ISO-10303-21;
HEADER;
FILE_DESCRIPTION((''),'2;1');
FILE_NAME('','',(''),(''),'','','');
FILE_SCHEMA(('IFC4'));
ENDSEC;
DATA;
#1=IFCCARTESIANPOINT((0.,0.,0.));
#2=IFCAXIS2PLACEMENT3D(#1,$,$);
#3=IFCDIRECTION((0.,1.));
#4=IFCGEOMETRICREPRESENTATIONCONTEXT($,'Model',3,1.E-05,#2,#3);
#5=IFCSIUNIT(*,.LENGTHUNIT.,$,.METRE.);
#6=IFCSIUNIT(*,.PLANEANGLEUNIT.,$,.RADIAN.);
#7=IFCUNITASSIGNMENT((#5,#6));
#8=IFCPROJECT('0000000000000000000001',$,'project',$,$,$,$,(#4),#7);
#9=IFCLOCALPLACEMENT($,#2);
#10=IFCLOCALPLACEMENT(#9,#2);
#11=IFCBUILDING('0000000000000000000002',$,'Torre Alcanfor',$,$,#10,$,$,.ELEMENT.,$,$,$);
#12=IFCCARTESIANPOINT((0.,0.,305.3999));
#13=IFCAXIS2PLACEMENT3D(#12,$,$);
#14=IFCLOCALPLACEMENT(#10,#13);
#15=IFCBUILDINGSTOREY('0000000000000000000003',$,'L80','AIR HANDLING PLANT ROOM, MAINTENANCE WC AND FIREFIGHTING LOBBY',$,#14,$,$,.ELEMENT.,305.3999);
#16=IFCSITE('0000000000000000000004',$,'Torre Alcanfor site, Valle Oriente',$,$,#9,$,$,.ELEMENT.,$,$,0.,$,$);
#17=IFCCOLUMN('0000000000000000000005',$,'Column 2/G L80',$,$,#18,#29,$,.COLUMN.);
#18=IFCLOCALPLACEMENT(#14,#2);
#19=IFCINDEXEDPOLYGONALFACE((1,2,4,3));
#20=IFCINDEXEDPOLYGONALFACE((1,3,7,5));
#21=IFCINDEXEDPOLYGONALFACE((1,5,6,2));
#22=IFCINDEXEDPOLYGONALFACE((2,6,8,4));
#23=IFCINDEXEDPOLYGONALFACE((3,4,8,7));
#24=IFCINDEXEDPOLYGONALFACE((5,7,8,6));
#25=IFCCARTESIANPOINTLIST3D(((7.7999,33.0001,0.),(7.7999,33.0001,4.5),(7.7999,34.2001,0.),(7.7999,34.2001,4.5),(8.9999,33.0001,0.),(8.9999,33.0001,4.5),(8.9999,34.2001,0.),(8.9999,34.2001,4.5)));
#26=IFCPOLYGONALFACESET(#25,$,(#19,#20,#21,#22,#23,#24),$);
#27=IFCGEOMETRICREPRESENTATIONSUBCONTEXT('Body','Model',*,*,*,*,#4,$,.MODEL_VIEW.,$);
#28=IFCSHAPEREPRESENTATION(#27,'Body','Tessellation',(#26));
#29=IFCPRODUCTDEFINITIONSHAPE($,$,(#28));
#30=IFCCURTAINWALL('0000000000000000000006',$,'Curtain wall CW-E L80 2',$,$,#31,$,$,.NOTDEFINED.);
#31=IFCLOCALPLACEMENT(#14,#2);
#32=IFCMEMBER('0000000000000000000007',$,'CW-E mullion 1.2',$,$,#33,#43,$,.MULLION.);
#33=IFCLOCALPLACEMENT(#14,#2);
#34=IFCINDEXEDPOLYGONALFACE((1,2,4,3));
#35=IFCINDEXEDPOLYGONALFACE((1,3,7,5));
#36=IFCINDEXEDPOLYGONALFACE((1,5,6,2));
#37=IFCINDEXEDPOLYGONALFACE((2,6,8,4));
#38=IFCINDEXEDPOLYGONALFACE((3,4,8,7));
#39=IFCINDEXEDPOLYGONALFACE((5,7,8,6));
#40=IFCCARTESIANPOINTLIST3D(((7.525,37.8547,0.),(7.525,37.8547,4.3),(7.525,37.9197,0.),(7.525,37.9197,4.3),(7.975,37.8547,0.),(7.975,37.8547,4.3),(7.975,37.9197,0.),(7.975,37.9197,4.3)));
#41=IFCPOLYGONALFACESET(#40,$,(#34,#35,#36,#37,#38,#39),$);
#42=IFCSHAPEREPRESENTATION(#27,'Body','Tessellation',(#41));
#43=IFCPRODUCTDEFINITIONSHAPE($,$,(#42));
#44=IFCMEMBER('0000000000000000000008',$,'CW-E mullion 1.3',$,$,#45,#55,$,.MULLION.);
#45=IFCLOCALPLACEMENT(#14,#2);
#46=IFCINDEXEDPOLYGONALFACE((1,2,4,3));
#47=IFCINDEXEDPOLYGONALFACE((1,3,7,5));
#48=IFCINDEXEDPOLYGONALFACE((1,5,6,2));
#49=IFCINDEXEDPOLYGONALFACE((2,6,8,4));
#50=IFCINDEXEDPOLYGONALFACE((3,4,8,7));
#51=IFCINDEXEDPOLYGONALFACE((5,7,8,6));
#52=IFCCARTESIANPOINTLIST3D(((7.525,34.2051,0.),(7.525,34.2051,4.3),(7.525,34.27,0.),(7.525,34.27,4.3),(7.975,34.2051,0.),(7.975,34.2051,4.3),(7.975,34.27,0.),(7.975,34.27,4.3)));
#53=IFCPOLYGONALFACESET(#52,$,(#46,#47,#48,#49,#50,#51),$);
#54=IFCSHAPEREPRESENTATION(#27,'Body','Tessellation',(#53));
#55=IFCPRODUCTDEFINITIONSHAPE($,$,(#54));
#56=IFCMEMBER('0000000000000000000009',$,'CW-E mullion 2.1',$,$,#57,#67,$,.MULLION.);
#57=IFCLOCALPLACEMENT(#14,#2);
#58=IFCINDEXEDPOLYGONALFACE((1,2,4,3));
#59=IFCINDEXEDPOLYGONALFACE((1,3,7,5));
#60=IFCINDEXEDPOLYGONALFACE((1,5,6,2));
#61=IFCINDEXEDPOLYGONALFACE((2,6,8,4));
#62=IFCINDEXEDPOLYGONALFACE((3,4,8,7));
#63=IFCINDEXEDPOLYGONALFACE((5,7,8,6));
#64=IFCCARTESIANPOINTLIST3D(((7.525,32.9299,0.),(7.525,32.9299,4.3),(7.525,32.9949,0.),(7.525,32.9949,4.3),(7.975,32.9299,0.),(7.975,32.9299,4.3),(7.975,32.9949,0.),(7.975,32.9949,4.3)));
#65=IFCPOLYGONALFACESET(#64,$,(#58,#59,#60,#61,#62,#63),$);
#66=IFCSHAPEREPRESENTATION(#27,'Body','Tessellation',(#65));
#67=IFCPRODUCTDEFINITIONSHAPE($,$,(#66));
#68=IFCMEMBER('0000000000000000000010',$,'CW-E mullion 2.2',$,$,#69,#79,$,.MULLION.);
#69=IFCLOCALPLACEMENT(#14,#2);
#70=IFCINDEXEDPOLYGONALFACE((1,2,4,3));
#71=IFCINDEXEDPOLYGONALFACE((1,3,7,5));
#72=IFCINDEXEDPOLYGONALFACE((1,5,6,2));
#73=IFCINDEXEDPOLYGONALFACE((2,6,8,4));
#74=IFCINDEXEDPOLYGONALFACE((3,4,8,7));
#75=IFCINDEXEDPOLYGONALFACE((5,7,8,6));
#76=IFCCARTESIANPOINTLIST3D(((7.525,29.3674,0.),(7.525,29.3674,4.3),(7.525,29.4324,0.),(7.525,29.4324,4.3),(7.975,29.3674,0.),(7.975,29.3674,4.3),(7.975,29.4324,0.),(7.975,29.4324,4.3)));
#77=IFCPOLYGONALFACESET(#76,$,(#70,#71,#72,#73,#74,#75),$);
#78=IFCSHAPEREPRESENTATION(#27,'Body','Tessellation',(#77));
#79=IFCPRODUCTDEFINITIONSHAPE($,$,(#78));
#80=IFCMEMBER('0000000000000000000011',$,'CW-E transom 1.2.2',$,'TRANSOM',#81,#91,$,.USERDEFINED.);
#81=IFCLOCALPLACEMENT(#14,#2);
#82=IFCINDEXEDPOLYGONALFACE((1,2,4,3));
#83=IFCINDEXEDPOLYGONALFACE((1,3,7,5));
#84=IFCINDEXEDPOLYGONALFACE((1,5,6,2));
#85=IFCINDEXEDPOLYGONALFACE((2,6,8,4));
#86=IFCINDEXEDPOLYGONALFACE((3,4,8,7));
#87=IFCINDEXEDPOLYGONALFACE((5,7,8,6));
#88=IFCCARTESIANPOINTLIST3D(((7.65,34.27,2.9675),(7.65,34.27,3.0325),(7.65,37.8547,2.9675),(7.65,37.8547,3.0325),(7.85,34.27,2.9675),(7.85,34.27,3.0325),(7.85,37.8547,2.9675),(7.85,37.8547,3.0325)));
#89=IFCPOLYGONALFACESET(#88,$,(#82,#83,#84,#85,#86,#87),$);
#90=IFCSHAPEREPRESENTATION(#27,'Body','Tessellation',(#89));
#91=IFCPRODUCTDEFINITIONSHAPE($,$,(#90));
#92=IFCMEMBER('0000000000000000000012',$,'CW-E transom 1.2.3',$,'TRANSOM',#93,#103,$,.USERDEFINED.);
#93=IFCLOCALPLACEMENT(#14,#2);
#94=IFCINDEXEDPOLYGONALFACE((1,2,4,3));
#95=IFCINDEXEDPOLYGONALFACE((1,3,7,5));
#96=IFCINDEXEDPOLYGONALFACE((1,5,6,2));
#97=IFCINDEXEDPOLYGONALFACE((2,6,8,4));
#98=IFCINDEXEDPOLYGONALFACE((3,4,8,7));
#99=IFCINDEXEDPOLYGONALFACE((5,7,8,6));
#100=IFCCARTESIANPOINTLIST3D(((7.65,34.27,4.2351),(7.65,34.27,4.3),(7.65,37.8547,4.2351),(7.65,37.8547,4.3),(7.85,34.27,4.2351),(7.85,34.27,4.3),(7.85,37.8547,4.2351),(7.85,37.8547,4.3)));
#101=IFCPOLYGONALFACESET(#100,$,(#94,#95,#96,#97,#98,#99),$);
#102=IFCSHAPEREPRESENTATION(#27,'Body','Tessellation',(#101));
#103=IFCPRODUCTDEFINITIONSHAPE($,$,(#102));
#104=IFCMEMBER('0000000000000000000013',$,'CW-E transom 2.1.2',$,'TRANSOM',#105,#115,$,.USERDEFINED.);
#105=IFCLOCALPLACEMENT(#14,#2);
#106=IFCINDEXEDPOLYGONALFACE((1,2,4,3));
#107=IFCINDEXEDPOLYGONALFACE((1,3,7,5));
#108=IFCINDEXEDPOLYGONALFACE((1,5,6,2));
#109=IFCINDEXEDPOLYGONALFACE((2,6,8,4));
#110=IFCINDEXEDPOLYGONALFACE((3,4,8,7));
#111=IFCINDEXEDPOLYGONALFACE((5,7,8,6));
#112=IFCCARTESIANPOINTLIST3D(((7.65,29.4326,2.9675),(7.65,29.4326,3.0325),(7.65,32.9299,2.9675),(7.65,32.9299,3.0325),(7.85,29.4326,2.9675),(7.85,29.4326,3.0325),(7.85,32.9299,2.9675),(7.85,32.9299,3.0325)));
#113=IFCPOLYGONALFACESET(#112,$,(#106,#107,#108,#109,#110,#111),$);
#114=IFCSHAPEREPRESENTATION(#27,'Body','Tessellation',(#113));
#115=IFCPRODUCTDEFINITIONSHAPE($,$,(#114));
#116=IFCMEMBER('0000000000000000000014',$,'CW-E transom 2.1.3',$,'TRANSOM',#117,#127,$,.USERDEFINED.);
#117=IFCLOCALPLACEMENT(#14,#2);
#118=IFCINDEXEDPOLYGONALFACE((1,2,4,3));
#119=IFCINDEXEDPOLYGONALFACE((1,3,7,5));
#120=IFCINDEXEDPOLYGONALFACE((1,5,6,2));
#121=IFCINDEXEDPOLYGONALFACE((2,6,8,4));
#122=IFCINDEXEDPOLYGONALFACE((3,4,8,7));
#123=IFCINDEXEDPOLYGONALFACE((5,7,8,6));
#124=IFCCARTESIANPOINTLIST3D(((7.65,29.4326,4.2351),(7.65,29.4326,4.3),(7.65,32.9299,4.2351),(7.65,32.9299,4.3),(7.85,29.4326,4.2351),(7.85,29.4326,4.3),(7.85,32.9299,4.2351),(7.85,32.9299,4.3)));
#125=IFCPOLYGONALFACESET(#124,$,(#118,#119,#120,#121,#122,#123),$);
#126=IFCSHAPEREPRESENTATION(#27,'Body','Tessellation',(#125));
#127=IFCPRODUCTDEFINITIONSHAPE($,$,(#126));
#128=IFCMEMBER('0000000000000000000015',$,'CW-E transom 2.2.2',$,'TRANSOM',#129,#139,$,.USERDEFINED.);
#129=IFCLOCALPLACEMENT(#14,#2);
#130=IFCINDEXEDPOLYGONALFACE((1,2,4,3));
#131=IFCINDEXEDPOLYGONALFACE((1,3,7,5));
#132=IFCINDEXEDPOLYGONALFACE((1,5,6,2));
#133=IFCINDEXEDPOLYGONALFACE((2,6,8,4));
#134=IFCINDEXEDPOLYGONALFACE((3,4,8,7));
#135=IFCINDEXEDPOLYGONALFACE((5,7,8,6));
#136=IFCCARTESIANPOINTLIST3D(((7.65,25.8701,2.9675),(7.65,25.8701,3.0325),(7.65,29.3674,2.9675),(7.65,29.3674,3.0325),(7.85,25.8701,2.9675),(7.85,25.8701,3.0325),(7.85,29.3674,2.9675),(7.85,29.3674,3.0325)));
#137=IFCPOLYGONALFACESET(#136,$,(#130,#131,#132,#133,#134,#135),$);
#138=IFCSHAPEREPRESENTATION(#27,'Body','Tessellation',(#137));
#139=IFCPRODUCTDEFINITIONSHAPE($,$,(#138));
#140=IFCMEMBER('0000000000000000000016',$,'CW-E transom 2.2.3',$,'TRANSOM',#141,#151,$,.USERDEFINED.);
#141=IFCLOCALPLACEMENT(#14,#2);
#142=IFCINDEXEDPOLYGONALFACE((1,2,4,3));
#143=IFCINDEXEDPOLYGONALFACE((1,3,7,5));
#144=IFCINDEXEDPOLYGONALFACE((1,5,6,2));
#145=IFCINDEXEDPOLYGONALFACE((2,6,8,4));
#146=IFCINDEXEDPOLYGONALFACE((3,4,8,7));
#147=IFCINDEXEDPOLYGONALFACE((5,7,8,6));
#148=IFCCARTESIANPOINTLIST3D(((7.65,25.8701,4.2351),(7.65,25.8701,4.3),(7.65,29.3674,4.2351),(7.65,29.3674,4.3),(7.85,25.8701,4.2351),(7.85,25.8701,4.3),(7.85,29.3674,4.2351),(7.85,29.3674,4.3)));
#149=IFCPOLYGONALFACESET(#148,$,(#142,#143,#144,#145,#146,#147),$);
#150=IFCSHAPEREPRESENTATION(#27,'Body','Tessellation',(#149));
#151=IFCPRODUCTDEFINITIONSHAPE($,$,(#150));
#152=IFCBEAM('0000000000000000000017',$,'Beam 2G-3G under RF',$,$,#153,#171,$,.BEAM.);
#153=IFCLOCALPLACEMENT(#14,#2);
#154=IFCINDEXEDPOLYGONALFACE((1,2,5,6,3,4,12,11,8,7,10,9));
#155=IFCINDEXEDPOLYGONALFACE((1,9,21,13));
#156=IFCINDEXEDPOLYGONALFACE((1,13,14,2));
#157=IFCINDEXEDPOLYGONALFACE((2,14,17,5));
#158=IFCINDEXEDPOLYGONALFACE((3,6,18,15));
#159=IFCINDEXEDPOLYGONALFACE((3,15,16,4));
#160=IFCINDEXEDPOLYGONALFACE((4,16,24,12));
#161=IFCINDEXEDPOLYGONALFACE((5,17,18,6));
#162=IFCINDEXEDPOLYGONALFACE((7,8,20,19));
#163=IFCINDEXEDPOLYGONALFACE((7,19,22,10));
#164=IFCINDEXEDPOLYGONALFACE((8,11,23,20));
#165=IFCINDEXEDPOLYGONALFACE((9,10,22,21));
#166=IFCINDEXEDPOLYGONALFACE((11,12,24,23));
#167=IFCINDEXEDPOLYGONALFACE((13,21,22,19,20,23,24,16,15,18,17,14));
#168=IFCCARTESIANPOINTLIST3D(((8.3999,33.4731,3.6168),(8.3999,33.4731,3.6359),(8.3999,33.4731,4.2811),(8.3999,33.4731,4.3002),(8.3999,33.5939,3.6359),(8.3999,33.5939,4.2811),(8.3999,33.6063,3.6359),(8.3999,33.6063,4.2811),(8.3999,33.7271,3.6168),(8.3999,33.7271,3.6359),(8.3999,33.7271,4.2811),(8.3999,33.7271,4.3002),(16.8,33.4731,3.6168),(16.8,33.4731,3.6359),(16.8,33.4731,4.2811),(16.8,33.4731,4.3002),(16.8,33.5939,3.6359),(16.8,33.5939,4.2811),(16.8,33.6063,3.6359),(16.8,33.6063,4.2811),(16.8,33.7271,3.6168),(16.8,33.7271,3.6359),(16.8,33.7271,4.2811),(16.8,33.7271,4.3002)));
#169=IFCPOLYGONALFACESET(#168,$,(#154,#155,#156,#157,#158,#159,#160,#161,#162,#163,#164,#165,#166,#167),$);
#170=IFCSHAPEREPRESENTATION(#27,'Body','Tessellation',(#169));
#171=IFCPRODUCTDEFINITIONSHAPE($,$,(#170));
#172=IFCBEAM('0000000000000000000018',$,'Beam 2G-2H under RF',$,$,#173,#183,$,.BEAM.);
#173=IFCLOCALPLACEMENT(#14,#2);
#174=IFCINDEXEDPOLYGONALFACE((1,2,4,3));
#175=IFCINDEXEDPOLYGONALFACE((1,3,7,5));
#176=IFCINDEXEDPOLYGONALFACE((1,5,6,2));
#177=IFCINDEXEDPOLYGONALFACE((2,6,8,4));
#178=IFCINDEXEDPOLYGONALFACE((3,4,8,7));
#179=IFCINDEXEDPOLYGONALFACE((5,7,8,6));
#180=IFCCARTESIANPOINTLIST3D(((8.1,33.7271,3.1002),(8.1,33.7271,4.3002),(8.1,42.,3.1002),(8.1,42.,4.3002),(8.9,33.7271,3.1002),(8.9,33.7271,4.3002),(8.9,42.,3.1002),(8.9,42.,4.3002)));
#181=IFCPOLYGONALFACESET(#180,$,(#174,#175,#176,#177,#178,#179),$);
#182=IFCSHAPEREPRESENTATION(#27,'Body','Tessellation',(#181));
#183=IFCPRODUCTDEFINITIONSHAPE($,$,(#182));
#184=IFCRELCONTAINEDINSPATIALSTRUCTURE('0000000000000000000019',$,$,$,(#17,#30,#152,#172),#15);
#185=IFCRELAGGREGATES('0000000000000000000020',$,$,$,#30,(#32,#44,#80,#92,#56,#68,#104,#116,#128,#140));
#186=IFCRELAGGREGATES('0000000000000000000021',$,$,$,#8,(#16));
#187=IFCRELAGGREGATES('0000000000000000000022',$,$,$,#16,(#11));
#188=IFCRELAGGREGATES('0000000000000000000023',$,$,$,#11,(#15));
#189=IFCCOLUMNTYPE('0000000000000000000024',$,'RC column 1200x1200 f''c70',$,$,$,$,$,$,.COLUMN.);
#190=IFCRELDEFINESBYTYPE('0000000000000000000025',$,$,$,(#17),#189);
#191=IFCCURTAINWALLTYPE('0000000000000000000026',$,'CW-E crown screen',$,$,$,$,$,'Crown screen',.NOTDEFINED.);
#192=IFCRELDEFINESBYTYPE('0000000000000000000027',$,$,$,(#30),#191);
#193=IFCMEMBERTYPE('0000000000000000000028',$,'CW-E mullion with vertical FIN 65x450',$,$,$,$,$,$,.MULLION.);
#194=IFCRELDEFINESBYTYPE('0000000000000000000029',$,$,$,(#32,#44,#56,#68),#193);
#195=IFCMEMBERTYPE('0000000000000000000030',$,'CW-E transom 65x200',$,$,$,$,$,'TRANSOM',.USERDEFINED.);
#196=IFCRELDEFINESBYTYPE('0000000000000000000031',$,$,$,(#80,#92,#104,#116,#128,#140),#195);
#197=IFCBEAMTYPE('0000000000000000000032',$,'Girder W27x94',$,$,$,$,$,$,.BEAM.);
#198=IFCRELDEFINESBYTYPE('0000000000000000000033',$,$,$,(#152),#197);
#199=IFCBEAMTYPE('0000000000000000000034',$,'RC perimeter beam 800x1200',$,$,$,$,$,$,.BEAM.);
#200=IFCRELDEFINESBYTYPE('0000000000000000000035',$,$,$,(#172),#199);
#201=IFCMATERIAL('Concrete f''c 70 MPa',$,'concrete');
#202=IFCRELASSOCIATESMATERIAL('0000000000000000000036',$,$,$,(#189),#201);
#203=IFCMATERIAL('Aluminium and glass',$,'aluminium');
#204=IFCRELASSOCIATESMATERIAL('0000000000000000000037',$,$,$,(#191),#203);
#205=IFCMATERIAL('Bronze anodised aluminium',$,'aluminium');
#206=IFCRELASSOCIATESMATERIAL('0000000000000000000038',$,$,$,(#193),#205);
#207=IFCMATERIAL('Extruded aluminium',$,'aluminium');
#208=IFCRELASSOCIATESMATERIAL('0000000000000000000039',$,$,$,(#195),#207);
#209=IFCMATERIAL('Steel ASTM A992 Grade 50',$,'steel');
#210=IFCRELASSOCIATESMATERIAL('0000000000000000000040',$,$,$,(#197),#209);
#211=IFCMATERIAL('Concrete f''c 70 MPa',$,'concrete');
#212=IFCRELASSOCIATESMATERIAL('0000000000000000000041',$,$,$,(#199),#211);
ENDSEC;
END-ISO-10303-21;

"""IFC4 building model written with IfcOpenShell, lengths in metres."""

from ifc_helpers import new_model, si_unit, direction, frame, origin, origin_2d, place, context, subcontext, project, spatial, rectangle, i_section, extrude, material, material_profile, profile_set, type_object, element, aggregate, save


model = new_model("IFC4")

# Units and contexts
model_context = context("Model", 3, precision=1e-05, world=origin(), true_north=direction((0.0, 1.0)))
body_context = subcontext(model_context, "Body", "Model", "MODEL_VIEW")
ifc_project = project(units=[si_unit("LENGTHUNIT", "METRE"), si_unit("PLANEANGLEUNIT", "RADIAN")], contexts=[model_context])

# Site, building, storey
site_placement = place(None, origin())
site = spatial("IfcSite", under=ifc_project, at=site_placement, Name="Torre Alcanfor site, Valle Oriente", CompositionType="ELEMENT", RefElevation=0.0)
building_placement = place(site_placement, origin())
building = spatial("IfcBuilding", under=site, at=building_placement, Name="Torre Alcanfor", CompositionType="ELEMENT")
storey_placement = place(building_placement, frame((0.0, 0.0, 305.3999)))
storey = spatial("IfcBuildingStorey", under=building, at=storey_placement, Name="L80", Description="AIR HANDLING PLANT ROOM, MAINTENANCE WC AND FIREFIGHTING LOBBY", CompositionType="ELEMENT", Elevation=305.3999)

# Column
ifc_material_1 = material(Name="Concrete f'c 70 MPa", Category="concrete")
ifc_material_profile_1 = material_profile(ifc_material_1, rectangle(XDim=1.2, YDim=1.2, at=origin_2d()), Name="1200x1200")
ifc_profile_set_1 = profile_set([ifc_material_profile_1], Name="Concrete f'c 70 MPa")
column_type = type_object("IfcColumnType", Name="RC column 1200x1200 f'c70", PredefinedType="COLUMN", material=ifc_profile_set_1)
column_placement = place(storey_placement, frame((8.3999, 33.6001, 0.0), z_axis=(0.0, 0.0, 1.0), x_axis=(1.0, 0.0, 0.0)))
element("IfcColumn", 1, at=column_placement, inside=storey, type_object=column_type, Name="Column 2/G L80", PredefinedType="COLUMN", context=body_context, shape_type="SweptSolid", body=[
    extrude(rectangle(XDim=1.2, YDim=1.2, at=origin_2d()), origin(), (0.0, 0.0, 1.0), 4.5),
])

# Curtain wall, members
ifc_material_2 = material(Name="Aluminium and glass", Category="aluminium")
curtain_wall_type = type_object("IfcCurtainWallType", Name="CW-E crown screen", ElementType="Crown screen", PredefinedType="NOTDEFINED", material=ifc_material_2)
curtain_wall_placement = place(storey_placement, origin())
curtain_wall = element("IfcCurtainWall", 2, at=curtain_wall_placement, inside=storey, type_object=curtain_wall_type, Name="Curtain wall CW-E L80 2", PredefinedType="NOTDEFINED")
ifc_material_3 = material(Name="Bronze anodised aluminium", Category="aluminium")
ifc_material_profile_2 = material_profile(ifc_material_3, rectangle(XDim=0.45, YDim=0.0649, at=origin_2d()), Name="CW-E mullion 65x450")
ifc_profile_set_2 = profile_set([ifc_material_profile_2], Name="Bronze anodised aluminium")
member_type_1 = type_object("IfcMemberType", Name="CW-E mullion with vertical FIN 65x450", PredefinedType="MULLION", material=ifc_profile_set_2)
member_1_placement = place(storey_placement, frame((7.75, 37.8872, 0.0), z_axis=(0.0, 0.0, 1.0), x_axis=(1.0, 0.0, 0.0)))
member_1 = element("IfcMember", 3, at=member_1_placement, type_object=member_type_1, Name="CW-E mullion 1.2", PredefinedType="MULLION", context=body_context, shape_type="SweptSolid", body=[
    extrude(rectangle(XDim=0.45, YDim=0.0649, at=origin_2d()), origin(), (0.0, 0.0, 1.0), 4.3),
])
member_2_placement = place(storey_placement, frame((7.75, 34.2375, 0.0), z_axis=(0.0, 0.0, 1.0), x_axis=(1.0, 0.0, 0.0)))
member_2 = element("IfcMember", 4, at=member_2_placement, type_object=member_type_1, Name="CW-E mullion 1.3", PredefinedType="MULLION", context=body_context, shape_type="SweptSolid", body=[
    extrude(rectangle(XDim=0.45, YDim=0.0649, at=origin_2d()), origin(), (0.0, 0.0, 1.0), 4.3),
])
member_3_placement = place(storey_placement, frame((7.75, 32.9624, 0.0), z_axis=(0.0, 0.0, 1.0), x_axis=(1.0, 0.0, 0.0)))
member_3 = element("IfcMember", 5, at=member_3_placement, type_object=member_type_1, Name="CW-E mullion 2.1", PredefinedType="MULLION", context=body_context, shape_type="SweptSolid", body=[
    extrude(rectangle(XDim=0.45, YDim=0.0649, at=origin_2d()), origin(), (0.0, 0.0, 1.0), 4.3),
])
member_4_placement = place(storey_placement, frame((7.75, 29.3999, 0.0), z_axis=(0.0, 0.0, 1.0), x_axis=(1.0, 0.0, 0.0)))
member_4 = element("IfcMember", 6, at=member_4_placement, type_object=member_type_1, Name="CW-E mullion 2.2", PredefinedType="MULLION", context=body_context, shape_type="SweptSolid", body=[
    extrude(rectangle(XDim=0.45, YDim=0.0649, at=origin_2d()), origin(), (0.0, 0.0, 1.0), 4.3),
])
ifc_material_4 = material(Name="Extruded aluminium", Category="aluminium")
ifc_material_profile_3 = material_profile(ifc_material_4, rectangle(XDim=0.2, YDim=0.0649, at=origin_2d()), Name="CW-E transom 200x65")
ifc_profile_set_3 = profile_set([ifc_material_profile_3], Name="Extruded aluminium")
member_type_2 = type_object("IfcMemberType", Name="CW-E transom 65x200", ElementType="TRANSOM", PredefinedType="USERDEFINED", material=ifc_profile_set_3)
member_5_placement = place(storey_placement, frame((7.75, 37.8547, 3.0), z_axis=(0.0, -1.0, 0.0), x_axis=(1.0, 0.0, 0.0)))
member_5 = element("IfcMember", 7, at=member_5_placement, type_object=member_type_2, Name="CW-E transom 1.2.2", ObjectType="TRANSOM", PredefinedType="USERDEFINED", context=body_context, shape_type="SweptSolid", body=[
    extrude(rectangle(XDim=0.2, YDim=0.0649, at=origin_2d()), origin(), (0.0, 0.0, 1.0), 3.5847),
])
member_6_placement = place(storey_placement, frame((7.75, 37.8547, 4.2676), z_axis=(0.0, -1.0, 0.0), x_axis=(1.0, 0.0, 0.0)))
member_6 = element("IfcMember", 8, at=member_6_placement, type_object=member_type_2, Name="CW-E transom 1.2.3", ObjectType="TRANSOM", PredefinedType="USERDEFINED", context=body_context, shape_type="SweptSolid", body=[
    extrude(rectangle(XDim=0.2, YDim=0.0649, at=origin_2d()), origin(), (0.0, 0.0, 1.0), 3.5847),
])
member_7_placement = place(storey_placement, frame((7.75, 32.9299, 3.0), z_axis=(0.0, -1.0, 0.0), x_axis=(1.0, 0.0, 0.0)))
member_7 = element("IfcMember", 9, at=member_7_placement, type_object=member_type_2, Name="CW-E transom 2.1.2", ObjectType="TRANSOM", PredefinedType="USERDEFINED", context=body_context, shape_type="SweptSolid", body=[
    extrude(rectangle(XDim=0.2, YDim=0.0649, at=origin_2d()), origin(), (0.0, 0.0, 1.0), 3.4973),
])
member_8_placement = place(storey_placement, frame((7.75, 32.9299, 4.2676), z_axis=(0.0, -1.0, 0.0), x_axis=(1.0, 0.0, 0.0)))
member_8 = element("IfcMember", 10, at=member_8_placement, type_object=member_type_2, Name="CW-E transom 2.1.3", ObjectType="TRANSOM", PredefinedType="USERDEFINED", context=body_context, shape_type="SweptSolid", body=[
    extrude(rectangle(XDim=0.2, YDim=0.0649, at=origin_2d()), origin(), (0.0, 0.0, 1.0), 3.4973),
])
member_9_placement = place(storey_placement, frame((7.75, 29.3674, 3.0), z_axis=(0.0, -1.0, 0.0), x_axis=(1.0, 0.0, 0.0)))
member_9 = element("IfcMember", 11, at=member_9_placement, type_object=member_type_2, Name="CW-E transom 2.2.2", ObjectType="TRANSOM", PredefinedType="USERDEFINED", context=body_context, shape_type="SweptSolid", body=[
    extrude(rectangle(XDim=0.2, YDim=0.0649, at=origin_2d()), origin(), (0.0, 0.0, 1.0), 3.4973),
])
member_10_placement = place(storey_placement, frame((7.75, 29.3674, 4.2676), z_axis=(0.0, -1.0, 0.0), x_axis=(1.0, 0.0, 0.0)))
member_10 = element("IfcMember", 12, at=member_10_placement, type_object=member_type_2, Name="CW-E transom 2.2.3", ObjectType="TRANSOM", PredefinedType="USERDEFINED", context=body_context, shape_type="SweptSolid", body=[
    extrude(rectangle(XDim=0.2, YDim=0.0649, at=origin_2d()), origin(), (0.0, 0.0, 1.0), 3.4973),
])

# Beams
ifc_material_5 = material(Name="Steel ASTM A992 Grade 50", Category="steel")
ifc_material_profile_4 = material_profile(ifc_material_5, i_section(OverallWidth=0.2539, OverallDepth=0.6833, WebThickness=0.0125, FlangeThickness=0.019, at=origin_2d()), Name="W27x94")
ifc_profile_set_4 = profile_set([ifc_material_profile_4], Name="Steel ASTM A992 Grade 50")
beam_type_1 = type_object("IfcBeamType", Name="Girder W27x94", PredefinedType="BEAM", material=ifc_profile_set_4)
beam_1_placement = place(storey_placement, frame((8.3999, 33.6001, 3.9585), z_axis=(1.0, 0.0, 0.0), x_axis=(0.0, 1.0, 0.0)))
element("IfcBeam", 13, at=beam_1_placement, inside=storey, type_object=beam_type_1, Name="Beam 2G-3G under RF", PredefinedType="BEAM", context=body_context, shape_type="SweptSolid", body=[
    extrude(i_section(OverallWidth=0.2539, OverallDepth=0.6833, WebThickness=0.0125, FlangeThickness=0.019, at=origin_2d()), origin(), (0.0, 0.0, 1.0), 8.4001),
])
ifc_material_6 = material(Name="Concrete f'c 70 MPa", Category="concrete")
ifc_material_profile_5 = material_profile(ifc_material_6, rectangle(XDim=0.8, YDim=1.2, at=origin_2d()), Name="800x1200")
ifc_profile_set_5 = profile_set([ifc_material_profile_5], Name="Concrete f'c 70 MPa")
beam_type_2 = type_object("IfcBeamType", Name="RC perimeter beam 800x1200", PredefinedType="BEAM", material=ifc_profile_set_5)
beam_2_placement = place(storey_placement, frame((8.5, 33.7271, 3.7002), z_axis=(0.0, 1.0, 0.0), x_axis=(-1.0, 0.0, 0.0)))
element("IfcBeam", 14, at=beam_2_placement, inside=storey, type_object=beam_type_2, Name="Beam 2G-2H under RF", PredefinedType="BEAM", context=body_context, shape_type="SweptSolid", body=[
    extrude(rectangle(XDim=0.8, YDim=1.2, at=origin_2d()), origin(), (0.0, 0.0, 1.0), 8.2729),
])

aggregate(curtain_wall, [member_1, member_2, member_5, member_6, member_3, member_4, member_7, member_8, member_9, member_10])

save(model, "model.ifc")
